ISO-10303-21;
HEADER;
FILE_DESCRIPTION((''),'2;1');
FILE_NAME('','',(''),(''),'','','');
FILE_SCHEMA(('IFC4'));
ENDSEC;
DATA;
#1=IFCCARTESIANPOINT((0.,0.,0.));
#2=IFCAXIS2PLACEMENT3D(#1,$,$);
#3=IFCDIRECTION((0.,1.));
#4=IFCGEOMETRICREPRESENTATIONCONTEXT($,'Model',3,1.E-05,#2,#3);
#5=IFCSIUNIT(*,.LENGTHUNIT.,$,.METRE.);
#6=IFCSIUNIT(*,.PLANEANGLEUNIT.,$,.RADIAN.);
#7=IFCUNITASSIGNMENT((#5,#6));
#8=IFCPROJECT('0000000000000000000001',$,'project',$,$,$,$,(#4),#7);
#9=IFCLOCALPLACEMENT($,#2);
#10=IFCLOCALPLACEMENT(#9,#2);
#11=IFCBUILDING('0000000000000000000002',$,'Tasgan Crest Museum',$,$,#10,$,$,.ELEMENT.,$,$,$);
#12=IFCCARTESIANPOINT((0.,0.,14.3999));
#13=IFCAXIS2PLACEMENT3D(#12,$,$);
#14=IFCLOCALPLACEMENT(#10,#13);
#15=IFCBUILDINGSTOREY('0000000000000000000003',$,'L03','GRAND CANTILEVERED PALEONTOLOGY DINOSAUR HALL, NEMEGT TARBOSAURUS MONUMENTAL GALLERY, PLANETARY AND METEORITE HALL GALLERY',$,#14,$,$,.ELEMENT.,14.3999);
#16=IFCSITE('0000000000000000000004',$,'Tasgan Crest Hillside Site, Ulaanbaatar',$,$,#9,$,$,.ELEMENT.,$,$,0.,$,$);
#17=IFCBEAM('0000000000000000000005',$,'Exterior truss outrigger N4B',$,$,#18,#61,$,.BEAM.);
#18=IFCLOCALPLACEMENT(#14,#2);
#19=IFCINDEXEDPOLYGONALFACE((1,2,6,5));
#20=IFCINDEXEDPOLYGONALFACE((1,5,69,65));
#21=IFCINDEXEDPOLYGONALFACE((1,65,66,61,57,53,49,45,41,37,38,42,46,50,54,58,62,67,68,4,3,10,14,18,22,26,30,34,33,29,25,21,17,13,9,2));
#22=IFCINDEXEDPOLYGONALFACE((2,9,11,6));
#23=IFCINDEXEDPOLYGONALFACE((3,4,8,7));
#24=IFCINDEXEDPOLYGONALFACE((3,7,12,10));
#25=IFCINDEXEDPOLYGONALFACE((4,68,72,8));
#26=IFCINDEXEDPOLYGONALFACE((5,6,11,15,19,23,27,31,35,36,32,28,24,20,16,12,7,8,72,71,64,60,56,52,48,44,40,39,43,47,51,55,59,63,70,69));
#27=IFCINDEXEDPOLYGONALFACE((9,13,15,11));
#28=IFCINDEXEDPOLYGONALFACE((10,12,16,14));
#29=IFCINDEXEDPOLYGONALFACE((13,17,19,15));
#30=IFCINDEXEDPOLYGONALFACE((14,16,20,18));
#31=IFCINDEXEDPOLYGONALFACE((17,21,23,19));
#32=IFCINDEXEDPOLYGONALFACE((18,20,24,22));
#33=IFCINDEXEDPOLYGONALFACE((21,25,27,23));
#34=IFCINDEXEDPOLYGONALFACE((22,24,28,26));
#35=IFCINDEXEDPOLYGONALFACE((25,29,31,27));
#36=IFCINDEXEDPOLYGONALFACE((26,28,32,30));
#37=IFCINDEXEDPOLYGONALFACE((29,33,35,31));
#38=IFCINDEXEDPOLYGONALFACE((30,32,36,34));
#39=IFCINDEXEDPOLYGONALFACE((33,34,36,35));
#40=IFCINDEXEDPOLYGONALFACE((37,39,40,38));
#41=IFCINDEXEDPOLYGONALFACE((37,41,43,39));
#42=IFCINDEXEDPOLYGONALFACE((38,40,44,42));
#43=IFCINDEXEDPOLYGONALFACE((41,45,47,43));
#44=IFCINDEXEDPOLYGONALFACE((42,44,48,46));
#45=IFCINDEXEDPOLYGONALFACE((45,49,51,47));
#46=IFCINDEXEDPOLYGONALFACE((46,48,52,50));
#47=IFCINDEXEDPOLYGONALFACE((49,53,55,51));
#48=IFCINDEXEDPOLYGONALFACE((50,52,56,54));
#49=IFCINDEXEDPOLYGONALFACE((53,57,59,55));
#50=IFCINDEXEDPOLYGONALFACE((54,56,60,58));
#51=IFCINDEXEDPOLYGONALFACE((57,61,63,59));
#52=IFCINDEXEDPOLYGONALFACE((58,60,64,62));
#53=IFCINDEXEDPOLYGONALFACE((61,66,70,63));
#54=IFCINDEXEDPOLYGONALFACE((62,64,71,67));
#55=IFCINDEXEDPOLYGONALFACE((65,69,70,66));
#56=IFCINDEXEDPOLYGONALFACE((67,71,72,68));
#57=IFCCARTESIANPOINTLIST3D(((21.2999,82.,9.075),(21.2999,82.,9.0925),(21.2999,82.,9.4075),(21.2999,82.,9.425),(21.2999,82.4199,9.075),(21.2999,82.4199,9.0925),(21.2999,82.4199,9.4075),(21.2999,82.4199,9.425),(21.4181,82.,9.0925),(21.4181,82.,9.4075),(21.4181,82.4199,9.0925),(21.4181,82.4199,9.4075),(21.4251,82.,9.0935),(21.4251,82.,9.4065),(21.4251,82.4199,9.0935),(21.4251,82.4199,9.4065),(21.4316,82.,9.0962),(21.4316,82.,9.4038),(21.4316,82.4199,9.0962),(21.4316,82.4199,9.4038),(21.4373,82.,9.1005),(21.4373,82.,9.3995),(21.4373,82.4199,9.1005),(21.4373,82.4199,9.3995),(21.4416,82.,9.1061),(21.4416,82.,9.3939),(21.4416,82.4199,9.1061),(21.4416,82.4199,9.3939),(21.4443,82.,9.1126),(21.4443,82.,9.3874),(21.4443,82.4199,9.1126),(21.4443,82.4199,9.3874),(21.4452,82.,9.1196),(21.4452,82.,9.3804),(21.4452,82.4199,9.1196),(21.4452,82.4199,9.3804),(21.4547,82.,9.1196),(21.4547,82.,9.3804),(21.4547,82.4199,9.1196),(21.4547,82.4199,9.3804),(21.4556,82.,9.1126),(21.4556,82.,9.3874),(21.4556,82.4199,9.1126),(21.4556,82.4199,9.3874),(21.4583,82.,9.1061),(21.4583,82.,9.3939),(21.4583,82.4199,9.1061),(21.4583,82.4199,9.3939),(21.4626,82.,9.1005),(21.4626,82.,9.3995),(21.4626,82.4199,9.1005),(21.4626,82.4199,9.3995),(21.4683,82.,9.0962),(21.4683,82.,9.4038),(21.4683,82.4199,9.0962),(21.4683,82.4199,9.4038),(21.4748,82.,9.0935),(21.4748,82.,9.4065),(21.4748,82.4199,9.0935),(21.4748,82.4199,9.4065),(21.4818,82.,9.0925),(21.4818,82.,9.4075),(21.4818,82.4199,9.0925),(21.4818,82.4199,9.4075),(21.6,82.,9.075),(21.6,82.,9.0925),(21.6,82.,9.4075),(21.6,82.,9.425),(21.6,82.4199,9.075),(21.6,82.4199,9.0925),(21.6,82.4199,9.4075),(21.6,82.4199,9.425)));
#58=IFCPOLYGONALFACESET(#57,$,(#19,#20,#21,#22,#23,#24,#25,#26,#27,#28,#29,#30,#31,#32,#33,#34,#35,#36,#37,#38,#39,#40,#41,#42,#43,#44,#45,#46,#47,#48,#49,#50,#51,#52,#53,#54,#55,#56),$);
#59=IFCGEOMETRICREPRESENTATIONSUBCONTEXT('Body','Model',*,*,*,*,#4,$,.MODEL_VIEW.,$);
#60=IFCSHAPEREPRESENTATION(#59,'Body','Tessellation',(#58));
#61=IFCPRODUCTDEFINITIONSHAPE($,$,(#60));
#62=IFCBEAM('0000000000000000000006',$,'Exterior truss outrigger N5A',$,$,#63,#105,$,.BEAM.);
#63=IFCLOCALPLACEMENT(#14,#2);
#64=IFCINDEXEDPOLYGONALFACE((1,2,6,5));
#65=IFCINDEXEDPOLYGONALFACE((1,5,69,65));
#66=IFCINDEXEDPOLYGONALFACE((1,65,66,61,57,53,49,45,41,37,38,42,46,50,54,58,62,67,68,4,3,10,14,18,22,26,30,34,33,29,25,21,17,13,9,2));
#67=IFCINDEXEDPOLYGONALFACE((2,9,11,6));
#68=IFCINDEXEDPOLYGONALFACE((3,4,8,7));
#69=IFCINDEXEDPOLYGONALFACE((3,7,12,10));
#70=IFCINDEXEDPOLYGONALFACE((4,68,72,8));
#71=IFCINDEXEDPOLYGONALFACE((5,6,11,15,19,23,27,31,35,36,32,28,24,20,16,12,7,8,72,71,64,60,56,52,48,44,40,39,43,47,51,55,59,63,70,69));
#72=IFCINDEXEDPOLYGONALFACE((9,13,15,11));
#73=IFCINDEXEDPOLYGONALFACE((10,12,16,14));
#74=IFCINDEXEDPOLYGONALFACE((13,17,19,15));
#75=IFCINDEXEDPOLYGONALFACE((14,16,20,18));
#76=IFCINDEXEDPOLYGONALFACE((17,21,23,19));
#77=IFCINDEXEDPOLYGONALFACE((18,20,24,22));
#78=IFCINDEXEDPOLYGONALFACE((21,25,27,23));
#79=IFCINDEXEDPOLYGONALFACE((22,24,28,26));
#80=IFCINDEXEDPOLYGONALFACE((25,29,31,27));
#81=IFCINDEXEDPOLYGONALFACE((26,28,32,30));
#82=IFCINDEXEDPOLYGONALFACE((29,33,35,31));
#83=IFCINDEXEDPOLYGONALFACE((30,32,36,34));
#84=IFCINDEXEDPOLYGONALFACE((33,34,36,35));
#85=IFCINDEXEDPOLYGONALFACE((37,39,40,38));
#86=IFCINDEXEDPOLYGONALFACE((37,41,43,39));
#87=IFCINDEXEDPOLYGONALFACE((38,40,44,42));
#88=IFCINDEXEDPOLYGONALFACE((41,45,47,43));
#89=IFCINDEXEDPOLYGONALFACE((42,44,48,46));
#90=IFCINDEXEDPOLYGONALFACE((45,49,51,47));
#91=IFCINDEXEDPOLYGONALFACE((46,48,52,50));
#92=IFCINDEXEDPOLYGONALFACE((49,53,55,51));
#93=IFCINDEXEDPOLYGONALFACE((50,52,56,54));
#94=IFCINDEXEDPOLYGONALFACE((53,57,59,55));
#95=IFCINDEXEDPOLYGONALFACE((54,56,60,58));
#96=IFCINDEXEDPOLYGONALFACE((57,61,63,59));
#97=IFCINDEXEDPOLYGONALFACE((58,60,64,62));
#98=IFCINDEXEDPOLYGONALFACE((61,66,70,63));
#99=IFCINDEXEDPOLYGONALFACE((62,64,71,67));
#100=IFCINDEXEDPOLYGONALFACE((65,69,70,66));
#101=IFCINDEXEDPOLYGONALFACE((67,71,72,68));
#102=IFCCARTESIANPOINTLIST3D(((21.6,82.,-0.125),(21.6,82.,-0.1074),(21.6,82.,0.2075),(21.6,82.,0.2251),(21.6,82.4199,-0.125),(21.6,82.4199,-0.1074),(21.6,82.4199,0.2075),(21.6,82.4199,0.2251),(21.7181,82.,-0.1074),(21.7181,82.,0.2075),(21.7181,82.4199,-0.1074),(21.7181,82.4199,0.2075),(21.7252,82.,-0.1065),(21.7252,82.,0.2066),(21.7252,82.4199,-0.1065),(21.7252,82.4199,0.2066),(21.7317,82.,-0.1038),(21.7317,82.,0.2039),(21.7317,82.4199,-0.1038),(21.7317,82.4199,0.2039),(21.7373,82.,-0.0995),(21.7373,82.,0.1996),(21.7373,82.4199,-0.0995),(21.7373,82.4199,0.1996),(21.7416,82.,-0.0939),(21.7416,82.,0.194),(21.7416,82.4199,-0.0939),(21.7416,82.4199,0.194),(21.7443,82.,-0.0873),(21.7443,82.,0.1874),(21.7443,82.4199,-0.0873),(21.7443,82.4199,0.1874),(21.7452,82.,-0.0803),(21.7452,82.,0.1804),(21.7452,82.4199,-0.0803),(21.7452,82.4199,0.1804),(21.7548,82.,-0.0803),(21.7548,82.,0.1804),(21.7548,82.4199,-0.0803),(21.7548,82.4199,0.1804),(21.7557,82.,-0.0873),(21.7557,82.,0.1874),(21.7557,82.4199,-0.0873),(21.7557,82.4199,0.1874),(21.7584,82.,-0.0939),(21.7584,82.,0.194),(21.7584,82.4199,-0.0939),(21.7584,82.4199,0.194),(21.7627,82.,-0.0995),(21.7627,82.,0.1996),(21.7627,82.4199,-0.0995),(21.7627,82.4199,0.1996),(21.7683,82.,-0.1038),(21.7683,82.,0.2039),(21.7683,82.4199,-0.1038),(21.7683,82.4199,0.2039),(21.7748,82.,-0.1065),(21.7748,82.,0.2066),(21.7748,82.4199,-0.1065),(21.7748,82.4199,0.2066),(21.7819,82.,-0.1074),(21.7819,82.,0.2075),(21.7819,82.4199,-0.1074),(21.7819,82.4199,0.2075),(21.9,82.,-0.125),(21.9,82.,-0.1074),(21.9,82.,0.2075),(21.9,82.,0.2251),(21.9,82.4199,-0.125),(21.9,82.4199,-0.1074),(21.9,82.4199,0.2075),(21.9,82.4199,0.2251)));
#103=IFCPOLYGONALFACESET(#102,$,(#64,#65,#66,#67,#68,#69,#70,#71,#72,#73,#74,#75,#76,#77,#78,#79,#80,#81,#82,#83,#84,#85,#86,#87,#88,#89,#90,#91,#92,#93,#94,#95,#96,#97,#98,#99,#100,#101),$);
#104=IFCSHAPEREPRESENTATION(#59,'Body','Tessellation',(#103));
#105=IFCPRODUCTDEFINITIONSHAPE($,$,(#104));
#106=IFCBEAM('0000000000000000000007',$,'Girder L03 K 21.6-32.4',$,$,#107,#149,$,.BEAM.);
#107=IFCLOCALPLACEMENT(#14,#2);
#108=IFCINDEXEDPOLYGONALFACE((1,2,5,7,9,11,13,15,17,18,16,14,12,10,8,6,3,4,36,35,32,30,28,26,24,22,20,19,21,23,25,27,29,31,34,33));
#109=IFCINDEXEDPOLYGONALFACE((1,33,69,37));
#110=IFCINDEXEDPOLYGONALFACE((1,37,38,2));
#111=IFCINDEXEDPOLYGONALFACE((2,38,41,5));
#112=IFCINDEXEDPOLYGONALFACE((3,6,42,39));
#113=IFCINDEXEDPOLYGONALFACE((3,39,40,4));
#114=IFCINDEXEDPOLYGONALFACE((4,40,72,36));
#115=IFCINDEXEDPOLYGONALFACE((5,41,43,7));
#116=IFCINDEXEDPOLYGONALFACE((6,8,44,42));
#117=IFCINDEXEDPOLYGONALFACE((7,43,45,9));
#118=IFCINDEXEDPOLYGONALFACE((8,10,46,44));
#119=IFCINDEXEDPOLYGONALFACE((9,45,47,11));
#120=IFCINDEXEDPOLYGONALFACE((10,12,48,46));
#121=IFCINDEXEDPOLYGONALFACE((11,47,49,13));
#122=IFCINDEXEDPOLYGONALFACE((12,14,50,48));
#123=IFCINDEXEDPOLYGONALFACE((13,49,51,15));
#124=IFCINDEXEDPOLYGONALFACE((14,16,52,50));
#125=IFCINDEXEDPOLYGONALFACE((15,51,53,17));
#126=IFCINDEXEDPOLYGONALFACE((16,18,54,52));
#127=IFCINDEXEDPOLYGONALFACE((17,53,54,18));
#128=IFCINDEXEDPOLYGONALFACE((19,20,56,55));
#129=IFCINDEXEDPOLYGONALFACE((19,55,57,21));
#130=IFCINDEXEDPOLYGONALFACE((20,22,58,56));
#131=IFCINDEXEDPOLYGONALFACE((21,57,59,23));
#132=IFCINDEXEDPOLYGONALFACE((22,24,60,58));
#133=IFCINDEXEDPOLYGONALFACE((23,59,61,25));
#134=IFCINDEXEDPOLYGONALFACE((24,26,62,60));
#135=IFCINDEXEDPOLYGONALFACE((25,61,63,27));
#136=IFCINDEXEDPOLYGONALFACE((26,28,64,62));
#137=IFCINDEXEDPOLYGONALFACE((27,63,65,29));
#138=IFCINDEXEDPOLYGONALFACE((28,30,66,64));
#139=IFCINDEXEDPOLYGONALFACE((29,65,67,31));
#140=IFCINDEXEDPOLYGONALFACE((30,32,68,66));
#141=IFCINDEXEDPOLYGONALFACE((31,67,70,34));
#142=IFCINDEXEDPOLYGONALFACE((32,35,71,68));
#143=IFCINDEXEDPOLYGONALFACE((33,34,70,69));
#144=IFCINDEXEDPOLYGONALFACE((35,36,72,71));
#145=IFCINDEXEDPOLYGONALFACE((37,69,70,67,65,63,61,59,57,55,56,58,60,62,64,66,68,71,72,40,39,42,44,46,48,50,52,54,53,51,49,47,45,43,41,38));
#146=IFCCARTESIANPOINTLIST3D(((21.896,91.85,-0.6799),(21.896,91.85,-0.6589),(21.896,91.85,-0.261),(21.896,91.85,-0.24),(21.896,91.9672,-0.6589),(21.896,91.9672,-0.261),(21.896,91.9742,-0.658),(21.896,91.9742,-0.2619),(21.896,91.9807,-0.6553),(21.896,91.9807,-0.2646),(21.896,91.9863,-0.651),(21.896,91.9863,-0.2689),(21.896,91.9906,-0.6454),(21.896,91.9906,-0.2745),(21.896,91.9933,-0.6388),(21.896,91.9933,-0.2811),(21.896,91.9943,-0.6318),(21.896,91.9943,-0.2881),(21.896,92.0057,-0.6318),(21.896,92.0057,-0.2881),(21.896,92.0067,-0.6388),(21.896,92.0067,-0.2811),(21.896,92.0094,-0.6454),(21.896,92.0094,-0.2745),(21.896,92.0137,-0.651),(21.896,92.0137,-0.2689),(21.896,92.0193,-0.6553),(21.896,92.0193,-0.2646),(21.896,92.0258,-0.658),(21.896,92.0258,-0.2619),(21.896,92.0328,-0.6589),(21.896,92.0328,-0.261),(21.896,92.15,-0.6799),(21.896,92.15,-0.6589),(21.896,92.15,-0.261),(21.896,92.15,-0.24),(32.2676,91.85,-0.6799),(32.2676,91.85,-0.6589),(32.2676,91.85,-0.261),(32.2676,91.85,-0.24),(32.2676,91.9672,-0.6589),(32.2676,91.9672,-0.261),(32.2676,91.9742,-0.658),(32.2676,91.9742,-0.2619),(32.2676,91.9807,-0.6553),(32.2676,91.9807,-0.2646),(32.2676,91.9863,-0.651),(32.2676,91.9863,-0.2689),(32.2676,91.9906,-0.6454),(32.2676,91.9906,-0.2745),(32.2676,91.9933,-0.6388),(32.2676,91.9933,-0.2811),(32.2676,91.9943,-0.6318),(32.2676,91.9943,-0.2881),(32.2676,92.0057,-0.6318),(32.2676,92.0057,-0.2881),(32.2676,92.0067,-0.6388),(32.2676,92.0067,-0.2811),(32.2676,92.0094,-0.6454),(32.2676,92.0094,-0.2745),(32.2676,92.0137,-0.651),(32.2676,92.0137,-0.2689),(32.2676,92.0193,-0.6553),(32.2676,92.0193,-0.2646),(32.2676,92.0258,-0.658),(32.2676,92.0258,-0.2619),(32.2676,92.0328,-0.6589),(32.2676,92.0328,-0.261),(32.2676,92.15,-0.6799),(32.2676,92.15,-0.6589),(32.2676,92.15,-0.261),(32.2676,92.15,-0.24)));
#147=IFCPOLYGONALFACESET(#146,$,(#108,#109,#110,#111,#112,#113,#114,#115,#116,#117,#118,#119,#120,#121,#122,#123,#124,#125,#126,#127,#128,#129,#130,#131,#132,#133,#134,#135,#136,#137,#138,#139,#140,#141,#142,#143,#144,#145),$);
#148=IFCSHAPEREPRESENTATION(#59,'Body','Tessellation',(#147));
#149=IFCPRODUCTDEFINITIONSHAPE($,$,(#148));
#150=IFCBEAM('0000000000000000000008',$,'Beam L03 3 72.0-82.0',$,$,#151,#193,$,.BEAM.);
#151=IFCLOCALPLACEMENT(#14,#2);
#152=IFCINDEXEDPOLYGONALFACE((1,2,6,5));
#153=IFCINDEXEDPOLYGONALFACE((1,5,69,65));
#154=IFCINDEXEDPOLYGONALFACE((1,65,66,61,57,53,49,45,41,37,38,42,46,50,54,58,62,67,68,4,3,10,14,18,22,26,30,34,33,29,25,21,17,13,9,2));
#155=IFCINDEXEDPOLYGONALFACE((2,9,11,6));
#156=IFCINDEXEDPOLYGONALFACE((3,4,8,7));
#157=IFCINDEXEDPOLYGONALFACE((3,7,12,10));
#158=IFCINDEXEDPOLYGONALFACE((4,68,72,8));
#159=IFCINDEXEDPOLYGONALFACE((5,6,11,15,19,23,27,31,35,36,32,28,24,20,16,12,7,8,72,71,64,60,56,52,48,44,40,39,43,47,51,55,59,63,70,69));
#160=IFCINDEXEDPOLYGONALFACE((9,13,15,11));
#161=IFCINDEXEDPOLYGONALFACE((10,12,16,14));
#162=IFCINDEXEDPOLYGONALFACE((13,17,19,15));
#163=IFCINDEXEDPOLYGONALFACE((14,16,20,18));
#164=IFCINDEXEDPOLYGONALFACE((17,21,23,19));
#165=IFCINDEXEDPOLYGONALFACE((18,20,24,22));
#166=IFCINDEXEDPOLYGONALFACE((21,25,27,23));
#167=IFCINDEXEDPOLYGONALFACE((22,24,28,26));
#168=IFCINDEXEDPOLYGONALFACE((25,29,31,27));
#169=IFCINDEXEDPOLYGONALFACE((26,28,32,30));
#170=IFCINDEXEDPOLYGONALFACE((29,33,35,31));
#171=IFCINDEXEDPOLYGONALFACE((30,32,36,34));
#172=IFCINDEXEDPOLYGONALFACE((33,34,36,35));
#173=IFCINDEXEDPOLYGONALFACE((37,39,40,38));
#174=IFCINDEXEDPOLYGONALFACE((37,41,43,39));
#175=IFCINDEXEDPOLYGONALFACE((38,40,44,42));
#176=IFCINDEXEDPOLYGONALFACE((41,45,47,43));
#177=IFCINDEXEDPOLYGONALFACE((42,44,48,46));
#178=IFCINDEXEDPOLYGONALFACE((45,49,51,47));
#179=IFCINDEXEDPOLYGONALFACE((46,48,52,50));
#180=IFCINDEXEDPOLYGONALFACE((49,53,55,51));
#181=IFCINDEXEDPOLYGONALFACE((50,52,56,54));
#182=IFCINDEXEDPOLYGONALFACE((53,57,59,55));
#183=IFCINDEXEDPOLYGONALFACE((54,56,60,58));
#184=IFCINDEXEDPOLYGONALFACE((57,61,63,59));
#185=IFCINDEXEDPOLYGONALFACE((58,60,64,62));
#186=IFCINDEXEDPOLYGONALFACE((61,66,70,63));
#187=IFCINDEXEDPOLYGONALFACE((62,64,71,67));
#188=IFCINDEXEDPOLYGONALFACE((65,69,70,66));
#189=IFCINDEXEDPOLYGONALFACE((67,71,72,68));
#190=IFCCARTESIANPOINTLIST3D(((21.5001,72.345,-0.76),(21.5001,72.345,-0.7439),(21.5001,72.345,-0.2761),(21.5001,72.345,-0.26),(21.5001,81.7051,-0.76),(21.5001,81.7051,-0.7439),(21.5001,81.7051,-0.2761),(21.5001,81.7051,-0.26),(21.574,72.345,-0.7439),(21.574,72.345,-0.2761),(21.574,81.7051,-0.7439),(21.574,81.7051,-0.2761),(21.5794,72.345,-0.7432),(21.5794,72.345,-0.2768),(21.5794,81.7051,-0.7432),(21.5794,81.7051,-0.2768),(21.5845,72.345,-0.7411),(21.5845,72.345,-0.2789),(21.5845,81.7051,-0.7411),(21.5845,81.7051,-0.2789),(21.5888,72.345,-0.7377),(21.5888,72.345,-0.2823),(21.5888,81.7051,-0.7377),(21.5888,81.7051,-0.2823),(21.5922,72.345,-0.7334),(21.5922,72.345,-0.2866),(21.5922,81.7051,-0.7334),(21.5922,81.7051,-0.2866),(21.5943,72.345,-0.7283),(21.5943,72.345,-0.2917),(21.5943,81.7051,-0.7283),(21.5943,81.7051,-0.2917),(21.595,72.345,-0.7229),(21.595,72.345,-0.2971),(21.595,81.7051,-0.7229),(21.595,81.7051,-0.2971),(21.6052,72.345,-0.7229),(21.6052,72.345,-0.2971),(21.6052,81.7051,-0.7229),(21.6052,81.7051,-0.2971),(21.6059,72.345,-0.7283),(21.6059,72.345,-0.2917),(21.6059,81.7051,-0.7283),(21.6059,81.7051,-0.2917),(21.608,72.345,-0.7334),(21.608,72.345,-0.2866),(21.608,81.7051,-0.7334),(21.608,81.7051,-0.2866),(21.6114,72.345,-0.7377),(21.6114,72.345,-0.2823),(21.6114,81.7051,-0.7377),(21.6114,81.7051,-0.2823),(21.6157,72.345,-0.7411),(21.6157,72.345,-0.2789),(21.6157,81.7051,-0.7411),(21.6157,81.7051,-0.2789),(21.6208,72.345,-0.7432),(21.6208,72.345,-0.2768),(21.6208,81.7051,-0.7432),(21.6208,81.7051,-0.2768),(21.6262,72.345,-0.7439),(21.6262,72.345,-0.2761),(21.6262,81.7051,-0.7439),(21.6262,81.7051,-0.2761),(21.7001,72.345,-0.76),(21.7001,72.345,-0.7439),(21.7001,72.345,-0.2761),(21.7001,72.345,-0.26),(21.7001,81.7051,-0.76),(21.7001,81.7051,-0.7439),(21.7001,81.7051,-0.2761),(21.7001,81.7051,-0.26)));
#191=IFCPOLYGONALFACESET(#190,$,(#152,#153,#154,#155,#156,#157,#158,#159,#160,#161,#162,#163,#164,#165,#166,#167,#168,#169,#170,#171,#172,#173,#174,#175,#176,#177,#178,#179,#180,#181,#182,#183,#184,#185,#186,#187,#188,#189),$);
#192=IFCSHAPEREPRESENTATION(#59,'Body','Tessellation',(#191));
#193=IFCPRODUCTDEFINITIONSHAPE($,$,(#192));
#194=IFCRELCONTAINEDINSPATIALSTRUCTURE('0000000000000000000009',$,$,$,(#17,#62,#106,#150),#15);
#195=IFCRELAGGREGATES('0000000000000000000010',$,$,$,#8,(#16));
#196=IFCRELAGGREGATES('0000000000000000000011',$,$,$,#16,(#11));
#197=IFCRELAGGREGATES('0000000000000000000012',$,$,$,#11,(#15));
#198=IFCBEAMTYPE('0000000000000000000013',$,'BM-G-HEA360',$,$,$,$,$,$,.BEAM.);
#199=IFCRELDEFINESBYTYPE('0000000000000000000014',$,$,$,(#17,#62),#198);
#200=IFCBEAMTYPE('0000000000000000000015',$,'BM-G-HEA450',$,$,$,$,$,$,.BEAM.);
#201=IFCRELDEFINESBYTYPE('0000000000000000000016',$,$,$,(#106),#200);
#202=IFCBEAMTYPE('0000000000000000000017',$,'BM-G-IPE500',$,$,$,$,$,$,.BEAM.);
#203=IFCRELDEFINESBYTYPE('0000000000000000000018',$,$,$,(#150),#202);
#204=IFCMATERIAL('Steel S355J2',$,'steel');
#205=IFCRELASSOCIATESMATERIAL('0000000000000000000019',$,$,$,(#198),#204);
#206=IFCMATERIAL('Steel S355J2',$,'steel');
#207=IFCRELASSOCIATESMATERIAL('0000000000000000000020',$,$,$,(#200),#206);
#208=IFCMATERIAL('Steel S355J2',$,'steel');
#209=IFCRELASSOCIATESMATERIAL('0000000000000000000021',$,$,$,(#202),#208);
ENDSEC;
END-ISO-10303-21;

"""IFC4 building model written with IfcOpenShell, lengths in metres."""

from ifc_helpers import new_model, si_unit, direction, frame, origin, origin_2d, place, context, subcontext, project, spatial, i_section, extrude, material, material_profile, profile_set, type_object, element, save


model = new_model("IFC4")

# Units and contexts
model_context = context("Model", 3, precision=1e-05, world=origin(), true_north=direction((0.0, 1.0)))
body_context = subcontext(model_context, "Body", "Model", "MODEL_VIEW")
ifc_project = project(units=[si_unit("LENGTHUNIT", "METRE"), si_unit("PLANEANGLEUNIT", "RADIAN")], contexts=[model_context])

# Site, building, storey
site_placement = place(None, origin())
site = spatial("IfcSite", under=ifc_project, at=site_placement, Name="Tasgan Crest Hillside Site, Ulaanbaatar", CompositionType="ELEMENT", RefElevation=0.0)
building_placement = place(site_placement, origin())
building = spatial("IfcBuilding", under=site, at=building_placement, Name="Tasgan Crest Museum", CompositionType="ELEMENT")
storey_placement = place(building_placement, frame((0.0, 0.0, 14.3999)))
storey = spatial("IfcBuildingStorey", under=building, at=storey_placement, Name="L03", Description="GRAND CANTILEVERED PALEONTOLOGY DINOSAUR HALL, NEMEGT TARBOSAURUS MONUMENTAL GALLERY, PLANETARY AND METEORITE HALL GALLERY", CompositionType="ELEMENT", Elevation=14.3999)

# Beams
ifc_material_1 = material(Name="Steel S355J2", Category="steel")
ifc_material_profile_1 = material_profile(ifc_material_1, i_section(OverallWidth=0.3, OverallDepth=0.3501, WebThickness=0.0095, FlangeThickness=0.0176, FilletRadius=0.0271, at=origin_2d()), Name="HEA 360")
ifc_profile_set_1 = profile_set([ifc_material_profile_1], Name="Steel S355J2")
beam_type_1 = type_object("IfcBeamType", Name="BM-G-HEA360", PredefinedType="BEAM", material=ifc_profile_set_1)
for number, where, z_axis, x_axis, name in (
    (1, (21.45, 82.0, 9.25), (0.0, 1.0, 0.0), (-1.0, 0.0, 0.0), "Exterior truss outrigger N4B"),
    (2, (21.75, 82.0, 0.05), (0.0, 1.0, 0.0), (-1.0, 0.0, 0.0), "Exterior truss outrigger N5A"),
):
    element("IfcBeam", number, at=place(storey_placement, frame(where, z_axis=z_axis, x_axis=x_axis)), inside=storey, type_object=beam_type_1, Name=name, PredefinedType="BEAM", context=body_context, shape_type="SweptSolid", body=[
        extrude(i_section(OverallWidth=0.3, OverallDepth=0.3501, WebThickness=0.0095, FlangeThickness=0.0176, FilletRadius=0.0271, at=origin_2d()), origin(), (0.0, 0.0, 1.0), 0.4199),
    ])
ifc_material_2 = material(Name="Steel S355J2", Category="steel")
ifc_material_profile_2 = material_profile(ifc_material_2, i_section(OverallWidth=0.3, OverallDepth=0.4399, WebThickness=0.0115, FlangeThickness=0.021, FilletRadius=0.0271, at=origin_2d()), Name="HEA 450")
ifc_profile_set_2 = profile_set([ifc_material_profile_2], Name="Steel S355J2")
beam_type_2 = type_object("IfcBeamType", Name="BM-G-HEA450", PredefinedType="BEAM", material=ifc_profile_set_2)
beam_1_placement = place(storey_placement, frame((21.896, 92.0, -0.46), z_axis=(1.0, 0.0, 0.0), x_axis=(0.0, 1.0, 0.0)))
element("IfcBeam", 3, at=beam_1_placement, inside=storey, type_object=beam_type_2, Name="Girder L03 K 21.6-32.4", PredefinedType="BEAM", context=body_context, shape_type="SweptSolid", body=[
    extrude(i_section(OverallWidth=0.3, OverallDepth=0.4399, WebThickness=0.0115, FlangeThickness=0.021, FilletRadius=0.0271, at=origin_2d()), origin(), (0.0, 0.0, 1.0), 10.3716),
])
ifc_material_3 = material(Name="Steel S355J2", Category="steel")
ifc_material_profile_3 = material_profile(ifc_material_3, i_section(OverallWidth=0.2, OverallDepth=0.5, WebThickness=0.0103, FlangeThickness=0.0161, FilletRadius=0.021, at=origin_2d()), Name="IPE 500")
ifc_profile_set_3 = profile_set([ifc_material_profile_3], Name="Steel S355J2")
beam_type_3 = type_object("IfcBeamType", Name="BM-G-IPE500", PredefinedType="BEAM", material=ifc_profile_set_3)
beam_2_placement = place(storey_placement, frame((21.6001, 72.345, -0.51), z_axis=(0.0, 1.0, 0.0), x_axis=(-1.0, 0.0, 0.0)))
element("IfcBeam", 4, at=beam_2_placement, inside=storey, type_object=beam_type_3, Name="Beam L03 3 72.0-82.0", PredefinedType="BEAM", context=body_context, shape_type="SweptSolid", body=[
    extrude(i_section(OverallWidth=0.2, OverallDepth=0.5, WebThickness=0.0103, FlangeThickness=0.0161, FilletRadius=0.021, at=origin_2d()), origin(), (0.0, 0.0, 1.0), 9.3601),
])

save(model, "model.ifc")
